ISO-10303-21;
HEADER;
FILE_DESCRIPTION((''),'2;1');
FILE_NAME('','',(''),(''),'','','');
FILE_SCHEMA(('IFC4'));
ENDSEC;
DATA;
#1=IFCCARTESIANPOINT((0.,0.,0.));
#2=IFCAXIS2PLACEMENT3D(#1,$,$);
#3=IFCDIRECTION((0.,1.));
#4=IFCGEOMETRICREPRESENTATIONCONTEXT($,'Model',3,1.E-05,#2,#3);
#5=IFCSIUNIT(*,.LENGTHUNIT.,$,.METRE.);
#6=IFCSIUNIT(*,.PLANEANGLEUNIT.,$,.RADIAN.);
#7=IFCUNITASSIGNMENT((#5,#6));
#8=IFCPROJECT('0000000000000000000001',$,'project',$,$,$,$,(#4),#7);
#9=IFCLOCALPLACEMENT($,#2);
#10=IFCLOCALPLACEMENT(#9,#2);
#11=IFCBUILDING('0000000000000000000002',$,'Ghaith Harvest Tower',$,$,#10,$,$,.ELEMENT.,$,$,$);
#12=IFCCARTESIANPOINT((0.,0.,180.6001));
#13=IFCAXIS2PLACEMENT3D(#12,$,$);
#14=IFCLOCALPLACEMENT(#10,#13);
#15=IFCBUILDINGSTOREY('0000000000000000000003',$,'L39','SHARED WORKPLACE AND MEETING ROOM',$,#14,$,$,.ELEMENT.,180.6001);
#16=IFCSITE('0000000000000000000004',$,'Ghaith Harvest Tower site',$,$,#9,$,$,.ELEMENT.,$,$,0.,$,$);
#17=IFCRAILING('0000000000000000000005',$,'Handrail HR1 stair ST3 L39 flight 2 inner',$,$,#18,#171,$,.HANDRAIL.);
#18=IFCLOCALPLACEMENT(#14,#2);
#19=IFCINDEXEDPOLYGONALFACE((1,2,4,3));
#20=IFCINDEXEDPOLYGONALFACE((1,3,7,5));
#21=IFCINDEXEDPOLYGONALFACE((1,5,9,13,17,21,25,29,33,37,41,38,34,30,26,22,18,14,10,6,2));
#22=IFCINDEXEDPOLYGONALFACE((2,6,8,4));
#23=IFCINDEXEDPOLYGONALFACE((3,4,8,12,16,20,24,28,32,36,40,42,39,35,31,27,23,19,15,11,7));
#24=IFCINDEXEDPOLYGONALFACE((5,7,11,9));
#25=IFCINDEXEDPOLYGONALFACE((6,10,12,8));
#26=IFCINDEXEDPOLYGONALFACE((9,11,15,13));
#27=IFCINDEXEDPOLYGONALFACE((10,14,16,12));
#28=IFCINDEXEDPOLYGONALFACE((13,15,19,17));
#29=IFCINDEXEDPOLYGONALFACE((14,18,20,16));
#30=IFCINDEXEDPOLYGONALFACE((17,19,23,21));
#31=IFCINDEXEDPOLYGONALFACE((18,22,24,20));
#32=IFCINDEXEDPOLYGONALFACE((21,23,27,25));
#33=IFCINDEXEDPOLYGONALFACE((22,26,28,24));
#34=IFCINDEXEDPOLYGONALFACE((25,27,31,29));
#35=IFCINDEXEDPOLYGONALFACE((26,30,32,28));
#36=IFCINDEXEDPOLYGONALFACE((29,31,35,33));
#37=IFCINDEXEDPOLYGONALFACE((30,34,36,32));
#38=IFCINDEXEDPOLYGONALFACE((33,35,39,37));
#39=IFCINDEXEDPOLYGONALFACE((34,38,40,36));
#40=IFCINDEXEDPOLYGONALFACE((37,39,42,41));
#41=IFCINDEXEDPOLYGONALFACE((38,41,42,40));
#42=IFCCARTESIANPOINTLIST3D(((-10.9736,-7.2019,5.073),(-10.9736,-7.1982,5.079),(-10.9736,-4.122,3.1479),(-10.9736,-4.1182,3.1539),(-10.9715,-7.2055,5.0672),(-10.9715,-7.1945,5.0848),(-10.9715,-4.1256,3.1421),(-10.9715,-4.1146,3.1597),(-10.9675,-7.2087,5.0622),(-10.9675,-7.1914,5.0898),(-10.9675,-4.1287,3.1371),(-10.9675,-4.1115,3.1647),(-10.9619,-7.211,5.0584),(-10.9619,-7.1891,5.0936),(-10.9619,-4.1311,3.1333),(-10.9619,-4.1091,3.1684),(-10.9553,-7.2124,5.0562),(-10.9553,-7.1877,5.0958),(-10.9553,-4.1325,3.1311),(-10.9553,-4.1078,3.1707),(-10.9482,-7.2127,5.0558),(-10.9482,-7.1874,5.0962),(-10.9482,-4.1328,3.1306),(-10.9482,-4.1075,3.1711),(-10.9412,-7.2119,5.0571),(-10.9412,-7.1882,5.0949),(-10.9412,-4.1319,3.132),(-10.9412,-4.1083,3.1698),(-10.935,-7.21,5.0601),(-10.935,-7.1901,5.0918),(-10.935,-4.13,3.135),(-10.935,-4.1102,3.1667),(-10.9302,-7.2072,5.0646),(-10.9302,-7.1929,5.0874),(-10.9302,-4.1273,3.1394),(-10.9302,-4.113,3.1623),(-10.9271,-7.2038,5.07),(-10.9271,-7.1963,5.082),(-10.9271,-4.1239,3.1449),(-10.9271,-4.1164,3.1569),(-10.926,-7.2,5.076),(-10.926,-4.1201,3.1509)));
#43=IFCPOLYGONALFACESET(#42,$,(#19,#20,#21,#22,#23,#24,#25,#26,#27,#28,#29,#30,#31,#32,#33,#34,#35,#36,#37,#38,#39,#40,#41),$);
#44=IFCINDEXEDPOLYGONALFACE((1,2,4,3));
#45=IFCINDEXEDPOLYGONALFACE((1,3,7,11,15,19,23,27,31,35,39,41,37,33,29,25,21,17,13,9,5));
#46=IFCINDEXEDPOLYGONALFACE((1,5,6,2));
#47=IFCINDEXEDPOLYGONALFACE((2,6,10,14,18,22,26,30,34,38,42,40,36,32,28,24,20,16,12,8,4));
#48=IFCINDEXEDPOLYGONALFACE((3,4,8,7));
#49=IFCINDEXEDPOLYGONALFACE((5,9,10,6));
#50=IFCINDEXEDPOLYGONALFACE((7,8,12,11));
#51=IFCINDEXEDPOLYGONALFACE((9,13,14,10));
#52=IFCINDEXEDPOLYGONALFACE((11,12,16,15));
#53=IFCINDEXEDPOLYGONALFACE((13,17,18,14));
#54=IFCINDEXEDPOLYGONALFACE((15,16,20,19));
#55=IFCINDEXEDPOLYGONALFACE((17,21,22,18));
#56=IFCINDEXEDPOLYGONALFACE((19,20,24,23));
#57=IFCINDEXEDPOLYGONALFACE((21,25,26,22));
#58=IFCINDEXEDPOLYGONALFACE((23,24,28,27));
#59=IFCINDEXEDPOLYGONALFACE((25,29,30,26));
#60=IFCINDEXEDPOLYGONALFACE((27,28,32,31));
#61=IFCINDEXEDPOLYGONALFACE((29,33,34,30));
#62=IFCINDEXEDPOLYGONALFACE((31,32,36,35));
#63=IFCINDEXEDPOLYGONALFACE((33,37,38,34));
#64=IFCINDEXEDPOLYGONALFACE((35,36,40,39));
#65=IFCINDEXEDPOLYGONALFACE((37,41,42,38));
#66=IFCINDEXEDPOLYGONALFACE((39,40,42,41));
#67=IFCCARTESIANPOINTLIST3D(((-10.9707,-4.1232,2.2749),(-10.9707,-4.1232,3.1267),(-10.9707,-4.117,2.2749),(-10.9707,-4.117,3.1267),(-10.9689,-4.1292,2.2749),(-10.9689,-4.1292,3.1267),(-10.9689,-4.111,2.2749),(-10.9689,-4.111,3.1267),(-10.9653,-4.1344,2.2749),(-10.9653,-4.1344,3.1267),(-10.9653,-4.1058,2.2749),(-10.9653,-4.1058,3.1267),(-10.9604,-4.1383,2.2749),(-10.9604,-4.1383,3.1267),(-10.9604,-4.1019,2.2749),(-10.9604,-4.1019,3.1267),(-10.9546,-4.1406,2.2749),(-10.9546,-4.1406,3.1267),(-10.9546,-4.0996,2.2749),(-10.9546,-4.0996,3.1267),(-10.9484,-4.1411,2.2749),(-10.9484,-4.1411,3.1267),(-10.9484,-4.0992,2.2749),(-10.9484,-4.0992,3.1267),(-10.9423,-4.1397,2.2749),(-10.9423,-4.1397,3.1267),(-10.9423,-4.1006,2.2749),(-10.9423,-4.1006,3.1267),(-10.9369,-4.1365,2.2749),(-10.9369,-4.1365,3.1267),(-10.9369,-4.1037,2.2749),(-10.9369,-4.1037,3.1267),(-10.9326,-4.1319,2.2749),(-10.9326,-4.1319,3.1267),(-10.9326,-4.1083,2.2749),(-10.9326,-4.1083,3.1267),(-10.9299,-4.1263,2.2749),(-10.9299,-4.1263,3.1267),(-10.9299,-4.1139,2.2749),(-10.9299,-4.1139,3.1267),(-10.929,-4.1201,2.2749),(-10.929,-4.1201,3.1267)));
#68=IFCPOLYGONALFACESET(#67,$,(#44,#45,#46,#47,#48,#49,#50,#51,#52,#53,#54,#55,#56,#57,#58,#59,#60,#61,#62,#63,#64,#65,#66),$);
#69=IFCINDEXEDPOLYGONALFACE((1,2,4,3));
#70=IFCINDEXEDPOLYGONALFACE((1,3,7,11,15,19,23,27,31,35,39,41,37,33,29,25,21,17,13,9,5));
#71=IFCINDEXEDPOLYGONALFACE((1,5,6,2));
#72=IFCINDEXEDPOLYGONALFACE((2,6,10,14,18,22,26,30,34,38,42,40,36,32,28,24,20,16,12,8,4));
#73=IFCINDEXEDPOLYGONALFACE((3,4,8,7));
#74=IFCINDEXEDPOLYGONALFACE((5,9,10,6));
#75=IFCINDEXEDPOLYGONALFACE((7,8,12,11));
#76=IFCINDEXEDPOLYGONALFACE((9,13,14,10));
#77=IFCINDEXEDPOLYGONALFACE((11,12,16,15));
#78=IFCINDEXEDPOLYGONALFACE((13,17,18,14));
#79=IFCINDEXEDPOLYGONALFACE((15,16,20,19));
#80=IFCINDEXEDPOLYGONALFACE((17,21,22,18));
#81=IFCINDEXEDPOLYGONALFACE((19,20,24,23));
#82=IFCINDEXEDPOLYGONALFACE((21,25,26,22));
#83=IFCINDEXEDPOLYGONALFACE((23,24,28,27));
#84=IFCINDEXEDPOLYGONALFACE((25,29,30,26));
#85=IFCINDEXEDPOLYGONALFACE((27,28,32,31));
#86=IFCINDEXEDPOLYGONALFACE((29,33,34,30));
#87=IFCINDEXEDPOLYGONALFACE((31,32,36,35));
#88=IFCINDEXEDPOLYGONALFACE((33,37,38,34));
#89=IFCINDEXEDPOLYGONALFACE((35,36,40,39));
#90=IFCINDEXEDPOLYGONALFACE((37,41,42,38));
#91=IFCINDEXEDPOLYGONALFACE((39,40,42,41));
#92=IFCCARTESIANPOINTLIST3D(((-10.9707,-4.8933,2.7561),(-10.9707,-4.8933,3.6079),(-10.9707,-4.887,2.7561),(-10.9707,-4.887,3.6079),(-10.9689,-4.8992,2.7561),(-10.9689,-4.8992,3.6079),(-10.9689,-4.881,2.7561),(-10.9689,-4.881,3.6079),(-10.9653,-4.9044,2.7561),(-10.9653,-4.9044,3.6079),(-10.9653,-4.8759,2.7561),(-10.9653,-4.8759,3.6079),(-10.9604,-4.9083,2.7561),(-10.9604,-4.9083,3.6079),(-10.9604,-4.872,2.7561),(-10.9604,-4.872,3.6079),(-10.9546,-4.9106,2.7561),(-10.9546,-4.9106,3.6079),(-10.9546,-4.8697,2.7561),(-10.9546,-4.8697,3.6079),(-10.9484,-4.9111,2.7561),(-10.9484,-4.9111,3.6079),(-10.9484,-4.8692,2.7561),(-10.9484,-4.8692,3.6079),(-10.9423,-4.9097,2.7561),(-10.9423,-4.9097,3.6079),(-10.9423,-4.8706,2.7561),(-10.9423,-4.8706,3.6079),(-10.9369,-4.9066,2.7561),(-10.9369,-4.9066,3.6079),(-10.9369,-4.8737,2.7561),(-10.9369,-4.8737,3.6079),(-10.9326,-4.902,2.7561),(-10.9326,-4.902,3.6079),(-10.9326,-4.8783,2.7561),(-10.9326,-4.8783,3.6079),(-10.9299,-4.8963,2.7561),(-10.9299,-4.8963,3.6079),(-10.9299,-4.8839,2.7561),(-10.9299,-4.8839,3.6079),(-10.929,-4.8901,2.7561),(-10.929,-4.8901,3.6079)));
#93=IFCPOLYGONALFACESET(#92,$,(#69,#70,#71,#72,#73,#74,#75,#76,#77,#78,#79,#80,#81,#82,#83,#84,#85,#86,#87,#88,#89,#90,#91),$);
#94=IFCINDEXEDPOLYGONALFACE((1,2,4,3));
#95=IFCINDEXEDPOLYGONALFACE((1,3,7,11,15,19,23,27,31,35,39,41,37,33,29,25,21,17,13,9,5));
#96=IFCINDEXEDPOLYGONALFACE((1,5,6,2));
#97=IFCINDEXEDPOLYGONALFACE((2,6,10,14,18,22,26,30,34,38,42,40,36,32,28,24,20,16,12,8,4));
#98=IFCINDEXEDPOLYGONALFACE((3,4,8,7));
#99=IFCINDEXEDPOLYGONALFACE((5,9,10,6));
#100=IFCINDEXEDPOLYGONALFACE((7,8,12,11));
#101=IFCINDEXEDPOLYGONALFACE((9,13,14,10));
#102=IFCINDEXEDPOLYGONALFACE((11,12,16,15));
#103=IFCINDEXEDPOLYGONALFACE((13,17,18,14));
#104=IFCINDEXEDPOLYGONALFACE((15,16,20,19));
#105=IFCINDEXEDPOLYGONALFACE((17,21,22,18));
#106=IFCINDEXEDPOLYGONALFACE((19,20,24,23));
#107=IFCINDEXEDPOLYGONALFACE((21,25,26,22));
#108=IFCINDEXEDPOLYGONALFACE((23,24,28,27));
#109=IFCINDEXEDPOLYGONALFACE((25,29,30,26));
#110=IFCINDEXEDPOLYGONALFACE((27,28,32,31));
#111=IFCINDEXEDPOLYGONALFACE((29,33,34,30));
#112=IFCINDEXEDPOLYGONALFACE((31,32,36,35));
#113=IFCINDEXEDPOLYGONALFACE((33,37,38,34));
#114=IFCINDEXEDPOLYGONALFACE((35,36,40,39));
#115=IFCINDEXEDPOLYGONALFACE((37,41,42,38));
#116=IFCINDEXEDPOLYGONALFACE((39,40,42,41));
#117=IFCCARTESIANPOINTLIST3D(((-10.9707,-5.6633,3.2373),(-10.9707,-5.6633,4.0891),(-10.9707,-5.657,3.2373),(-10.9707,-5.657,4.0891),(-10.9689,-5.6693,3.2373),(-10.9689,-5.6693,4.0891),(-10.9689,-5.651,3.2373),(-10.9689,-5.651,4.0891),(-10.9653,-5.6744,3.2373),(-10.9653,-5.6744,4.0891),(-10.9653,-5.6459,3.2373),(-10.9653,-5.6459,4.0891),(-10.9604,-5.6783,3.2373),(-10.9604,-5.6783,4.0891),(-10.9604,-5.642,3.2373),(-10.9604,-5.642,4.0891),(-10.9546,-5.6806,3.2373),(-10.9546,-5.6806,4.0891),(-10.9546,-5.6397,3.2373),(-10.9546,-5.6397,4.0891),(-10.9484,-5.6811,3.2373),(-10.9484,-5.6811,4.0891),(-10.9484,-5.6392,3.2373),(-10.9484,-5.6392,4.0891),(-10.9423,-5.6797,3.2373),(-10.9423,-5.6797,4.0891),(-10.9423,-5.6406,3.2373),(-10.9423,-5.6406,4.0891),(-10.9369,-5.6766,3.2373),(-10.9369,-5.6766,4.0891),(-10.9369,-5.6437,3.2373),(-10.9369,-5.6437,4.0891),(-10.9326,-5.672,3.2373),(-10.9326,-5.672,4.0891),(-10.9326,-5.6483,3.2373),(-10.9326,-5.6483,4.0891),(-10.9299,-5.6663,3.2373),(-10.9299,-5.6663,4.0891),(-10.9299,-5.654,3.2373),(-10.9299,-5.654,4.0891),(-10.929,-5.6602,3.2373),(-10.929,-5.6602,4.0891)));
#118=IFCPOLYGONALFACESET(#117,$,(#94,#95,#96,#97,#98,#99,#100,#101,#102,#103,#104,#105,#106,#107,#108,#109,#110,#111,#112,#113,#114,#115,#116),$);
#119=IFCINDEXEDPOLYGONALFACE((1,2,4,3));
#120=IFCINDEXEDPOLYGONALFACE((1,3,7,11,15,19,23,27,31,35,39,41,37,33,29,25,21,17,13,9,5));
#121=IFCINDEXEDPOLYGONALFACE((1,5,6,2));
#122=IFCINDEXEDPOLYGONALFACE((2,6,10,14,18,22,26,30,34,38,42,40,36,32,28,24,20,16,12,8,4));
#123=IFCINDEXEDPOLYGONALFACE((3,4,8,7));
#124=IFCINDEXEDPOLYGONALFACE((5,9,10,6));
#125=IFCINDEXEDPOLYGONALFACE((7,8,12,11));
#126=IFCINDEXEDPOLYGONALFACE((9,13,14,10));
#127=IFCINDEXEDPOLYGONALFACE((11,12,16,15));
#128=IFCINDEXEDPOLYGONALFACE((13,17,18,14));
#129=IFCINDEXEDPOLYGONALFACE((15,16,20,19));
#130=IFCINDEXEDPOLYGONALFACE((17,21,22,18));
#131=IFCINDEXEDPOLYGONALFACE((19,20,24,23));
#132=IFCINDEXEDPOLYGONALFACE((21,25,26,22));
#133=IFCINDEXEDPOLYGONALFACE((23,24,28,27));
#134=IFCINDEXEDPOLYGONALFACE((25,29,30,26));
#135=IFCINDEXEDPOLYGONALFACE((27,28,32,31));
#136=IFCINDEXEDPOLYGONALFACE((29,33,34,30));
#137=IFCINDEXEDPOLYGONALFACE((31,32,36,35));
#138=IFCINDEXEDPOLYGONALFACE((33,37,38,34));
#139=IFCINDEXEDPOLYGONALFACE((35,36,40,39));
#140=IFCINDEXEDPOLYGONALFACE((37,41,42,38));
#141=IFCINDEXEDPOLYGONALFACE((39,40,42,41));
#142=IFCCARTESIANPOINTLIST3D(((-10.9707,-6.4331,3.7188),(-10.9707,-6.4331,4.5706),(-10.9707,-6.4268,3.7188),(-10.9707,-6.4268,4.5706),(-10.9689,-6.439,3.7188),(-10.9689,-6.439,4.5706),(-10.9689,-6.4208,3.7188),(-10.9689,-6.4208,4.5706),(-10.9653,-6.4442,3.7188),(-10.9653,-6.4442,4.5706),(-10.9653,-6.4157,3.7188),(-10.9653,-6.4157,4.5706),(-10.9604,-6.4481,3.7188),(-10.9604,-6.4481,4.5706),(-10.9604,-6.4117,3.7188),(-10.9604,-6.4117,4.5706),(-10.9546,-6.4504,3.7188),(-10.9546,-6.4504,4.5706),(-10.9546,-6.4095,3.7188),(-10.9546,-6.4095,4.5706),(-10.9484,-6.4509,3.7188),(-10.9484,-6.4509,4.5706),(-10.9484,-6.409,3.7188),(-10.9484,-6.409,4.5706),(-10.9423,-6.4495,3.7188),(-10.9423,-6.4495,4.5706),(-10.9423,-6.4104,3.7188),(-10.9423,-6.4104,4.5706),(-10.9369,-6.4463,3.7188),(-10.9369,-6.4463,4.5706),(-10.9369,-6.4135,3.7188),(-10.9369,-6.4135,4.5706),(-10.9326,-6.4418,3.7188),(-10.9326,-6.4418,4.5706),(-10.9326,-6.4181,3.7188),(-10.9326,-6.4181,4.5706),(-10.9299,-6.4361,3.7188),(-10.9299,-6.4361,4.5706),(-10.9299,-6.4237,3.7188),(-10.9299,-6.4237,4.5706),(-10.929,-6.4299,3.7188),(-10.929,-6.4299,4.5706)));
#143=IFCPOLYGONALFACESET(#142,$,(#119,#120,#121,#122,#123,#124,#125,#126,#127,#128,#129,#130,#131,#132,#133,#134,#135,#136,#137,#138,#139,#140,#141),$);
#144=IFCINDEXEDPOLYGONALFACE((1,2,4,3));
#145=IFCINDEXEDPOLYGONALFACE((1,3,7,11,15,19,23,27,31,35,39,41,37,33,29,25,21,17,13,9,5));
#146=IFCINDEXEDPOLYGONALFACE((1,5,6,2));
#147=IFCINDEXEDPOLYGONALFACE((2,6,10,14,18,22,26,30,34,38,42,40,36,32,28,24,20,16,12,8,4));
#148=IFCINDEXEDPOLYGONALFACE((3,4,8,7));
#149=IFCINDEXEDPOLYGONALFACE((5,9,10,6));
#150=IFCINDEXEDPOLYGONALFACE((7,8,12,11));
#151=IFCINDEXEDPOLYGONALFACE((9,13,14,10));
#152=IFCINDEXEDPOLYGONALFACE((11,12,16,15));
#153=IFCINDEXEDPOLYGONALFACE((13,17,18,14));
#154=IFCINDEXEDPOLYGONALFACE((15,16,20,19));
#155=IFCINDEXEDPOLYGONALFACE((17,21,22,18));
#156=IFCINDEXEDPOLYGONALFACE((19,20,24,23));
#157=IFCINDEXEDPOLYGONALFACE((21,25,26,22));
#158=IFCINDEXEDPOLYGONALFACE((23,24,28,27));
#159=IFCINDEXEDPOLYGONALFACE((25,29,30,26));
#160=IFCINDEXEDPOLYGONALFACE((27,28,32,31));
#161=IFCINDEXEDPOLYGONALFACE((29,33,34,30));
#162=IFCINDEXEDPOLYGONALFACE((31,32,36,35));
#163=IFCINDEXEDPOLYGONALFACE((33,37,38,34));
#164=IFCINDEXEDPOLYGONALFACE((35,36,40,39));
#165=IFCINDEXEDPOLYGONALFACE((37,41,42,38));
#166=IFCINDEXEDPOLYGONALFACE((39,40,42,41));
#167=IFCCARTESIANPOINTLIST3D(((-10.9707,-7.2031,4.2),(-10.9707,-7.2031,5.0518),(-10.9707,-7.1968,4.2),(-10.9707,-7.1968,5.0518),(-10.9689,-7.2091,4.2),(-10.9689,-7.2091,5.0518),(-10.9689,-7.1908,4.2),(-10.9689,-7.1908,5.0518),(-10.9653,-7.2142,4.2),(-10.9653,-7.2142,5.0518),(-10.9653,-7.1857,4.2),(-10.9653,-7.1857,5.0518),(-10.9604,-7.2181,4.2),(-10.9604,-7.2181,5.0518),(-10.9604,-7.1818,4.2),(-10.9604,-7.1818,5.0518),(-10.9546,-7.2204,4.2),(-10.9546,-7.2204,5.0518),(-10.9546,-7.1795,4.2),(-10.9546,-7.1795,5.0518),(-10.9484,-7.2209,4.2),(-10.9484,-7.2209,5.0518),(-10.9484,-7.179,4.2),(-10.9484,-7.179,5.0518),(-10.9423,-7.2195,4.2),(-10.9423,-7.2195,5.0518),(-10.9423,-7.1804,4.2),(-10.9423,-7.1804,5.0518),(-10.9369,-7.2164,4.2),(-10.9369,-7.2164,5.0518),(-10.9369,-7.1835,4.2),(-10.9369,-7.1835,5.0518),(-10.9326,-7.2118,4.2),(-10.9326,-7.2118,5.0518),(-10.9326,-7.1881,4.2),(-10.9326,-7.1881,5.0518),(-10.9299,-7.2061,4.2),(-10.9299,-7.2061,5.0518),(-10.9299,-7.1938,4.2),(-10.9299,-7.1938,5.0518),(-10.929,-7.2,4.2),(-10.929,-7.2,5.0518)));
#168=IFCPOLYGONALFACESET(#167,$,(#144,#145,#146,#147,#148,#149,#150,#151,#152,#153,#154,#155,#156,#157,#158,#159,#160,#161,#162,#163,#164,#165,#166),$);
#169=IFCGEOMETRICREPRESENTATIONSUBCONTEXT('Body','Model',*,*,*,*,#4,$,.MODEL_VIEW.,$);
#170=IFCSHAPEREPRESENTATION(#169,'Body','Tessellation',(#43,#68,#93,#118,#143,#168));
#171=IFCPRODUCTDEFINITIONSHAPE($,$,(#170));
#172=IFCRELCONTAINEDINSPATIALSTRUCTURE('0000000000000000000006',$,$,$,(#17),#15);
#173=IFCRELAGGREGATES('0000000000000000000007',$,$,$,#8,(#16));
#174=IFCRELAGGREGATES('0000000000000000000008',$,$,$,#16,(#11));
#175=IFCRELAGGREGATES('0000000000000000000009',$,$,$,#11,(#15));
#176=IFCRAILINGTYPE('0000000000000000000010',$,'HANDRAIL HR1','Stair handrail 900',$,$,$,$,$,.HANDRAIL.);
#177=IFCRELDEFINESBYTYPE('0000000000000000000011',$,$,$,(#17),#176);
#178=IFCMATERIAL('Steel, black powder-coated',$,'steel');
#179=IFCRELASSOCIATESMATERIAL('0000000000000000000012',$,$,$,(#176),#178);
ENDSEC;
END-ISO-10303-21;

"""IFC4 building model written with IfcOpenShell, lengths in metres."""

from ifc_helpers import new_model, si_unit, direction, frame, origin, origin_2d, place, context, subcontext, project, spatial, circle, extrude, material, type_object, element, save


model = new_model("IFC4")

# Units and contexts
model_context = context("Model", 3, precision=1e-05, world=origin(), true_north=direction((0.0, 1.0)))
body_context = subcontext(model_context, "Body", "Model", "MODEL_VIEW")
ifc_project = project(units=[si_unit("LENGTHUNIT", "METRE"), si_unit("PLANEANGLEUNIT", "RADIAN")], contexts=[model_context])

# Site, building, storey
site_placement = place(None, origin())
site = spatial("IfcSite", under=ifc_project, at=site_placement, Name="Ghaith Harvest Tower site", CompositionType="ELEMENT", RefElevation=0.0)
building_placement = place(site_placement, origin())
building = spatial("IfcBuilding", under=site, at=building_placement, Name="Ghaith Harvest Tower", CompositionType="ELEMENT")
storey_placement = place(building_placement, frame((0.0, 0.0, 180.6001)))
storey = spatial("IfcBuildingStorey", under=building, at=storey_placement, Name="L39", Description="SHARED WORKPLACE AND MEETING ROOM", CompositionType="ELEMENT", Elevation=180.6001)

# Railing
ifc_material_1 = material(Name="Steel, black powder-coated", Category="steel")
railing_type = type_object("IfcRailingType", Name="HANDRAIL HR1", Description="Stair handrail 900", PredefinedType="HANDRAIL", material=ifc_material_1)
railing_1_placement = place(storey_placement, frame((-10.95, -4.1201, 2.2749)))
element("IfcRailing", 1, at=railing_1_placement, inside=storey, type_object=railing_type, Name="Handrail HR1 stair ST3 L39 flight 2 inner", PredefinedType="HANDRAIL", context=body_context, shape_type="SweptSolid", body=[
    extrude(circle(Radius=0.0239, at=origin_2d()), frame((0.0, 0.0, 0.876), z_axis=(0.0, -0.847979, 0.530029), x_axis=(1.0, 0.0, 0.0)), (0.0, 0.0, 1.0), 3.6321),
    extrude(circle(Radius=0.021, at=origin_2d()), origin(), (0.0, 0.0, 1.0), 0.8518),
    extrude(circle(Radius=0.021, at=origin_2d()), frame((0.0, -0.77, 0.4812)), (0.0, 0.0, 1.0), 0.8518),
    extrude(circle(Radius=0.021, at=origin_2d()), frame((0.0, -1.54, 0.9624)), (0.0, 0.0, 1.0), 0.8518),
    extrude(circle(Radius=0.021, at=origin_2d()), frame((0.0, -2.3098, 1.4438)), (0.0, 0.0, 1.0), 0.8518),
    extrude(circle(Radius=0.021, at=origin_2d()), frame((0.0, -3.0798, 1.925)), (0.0, 0.0, 1.0), 0.8518),
])

save(model, "model.ifc")
